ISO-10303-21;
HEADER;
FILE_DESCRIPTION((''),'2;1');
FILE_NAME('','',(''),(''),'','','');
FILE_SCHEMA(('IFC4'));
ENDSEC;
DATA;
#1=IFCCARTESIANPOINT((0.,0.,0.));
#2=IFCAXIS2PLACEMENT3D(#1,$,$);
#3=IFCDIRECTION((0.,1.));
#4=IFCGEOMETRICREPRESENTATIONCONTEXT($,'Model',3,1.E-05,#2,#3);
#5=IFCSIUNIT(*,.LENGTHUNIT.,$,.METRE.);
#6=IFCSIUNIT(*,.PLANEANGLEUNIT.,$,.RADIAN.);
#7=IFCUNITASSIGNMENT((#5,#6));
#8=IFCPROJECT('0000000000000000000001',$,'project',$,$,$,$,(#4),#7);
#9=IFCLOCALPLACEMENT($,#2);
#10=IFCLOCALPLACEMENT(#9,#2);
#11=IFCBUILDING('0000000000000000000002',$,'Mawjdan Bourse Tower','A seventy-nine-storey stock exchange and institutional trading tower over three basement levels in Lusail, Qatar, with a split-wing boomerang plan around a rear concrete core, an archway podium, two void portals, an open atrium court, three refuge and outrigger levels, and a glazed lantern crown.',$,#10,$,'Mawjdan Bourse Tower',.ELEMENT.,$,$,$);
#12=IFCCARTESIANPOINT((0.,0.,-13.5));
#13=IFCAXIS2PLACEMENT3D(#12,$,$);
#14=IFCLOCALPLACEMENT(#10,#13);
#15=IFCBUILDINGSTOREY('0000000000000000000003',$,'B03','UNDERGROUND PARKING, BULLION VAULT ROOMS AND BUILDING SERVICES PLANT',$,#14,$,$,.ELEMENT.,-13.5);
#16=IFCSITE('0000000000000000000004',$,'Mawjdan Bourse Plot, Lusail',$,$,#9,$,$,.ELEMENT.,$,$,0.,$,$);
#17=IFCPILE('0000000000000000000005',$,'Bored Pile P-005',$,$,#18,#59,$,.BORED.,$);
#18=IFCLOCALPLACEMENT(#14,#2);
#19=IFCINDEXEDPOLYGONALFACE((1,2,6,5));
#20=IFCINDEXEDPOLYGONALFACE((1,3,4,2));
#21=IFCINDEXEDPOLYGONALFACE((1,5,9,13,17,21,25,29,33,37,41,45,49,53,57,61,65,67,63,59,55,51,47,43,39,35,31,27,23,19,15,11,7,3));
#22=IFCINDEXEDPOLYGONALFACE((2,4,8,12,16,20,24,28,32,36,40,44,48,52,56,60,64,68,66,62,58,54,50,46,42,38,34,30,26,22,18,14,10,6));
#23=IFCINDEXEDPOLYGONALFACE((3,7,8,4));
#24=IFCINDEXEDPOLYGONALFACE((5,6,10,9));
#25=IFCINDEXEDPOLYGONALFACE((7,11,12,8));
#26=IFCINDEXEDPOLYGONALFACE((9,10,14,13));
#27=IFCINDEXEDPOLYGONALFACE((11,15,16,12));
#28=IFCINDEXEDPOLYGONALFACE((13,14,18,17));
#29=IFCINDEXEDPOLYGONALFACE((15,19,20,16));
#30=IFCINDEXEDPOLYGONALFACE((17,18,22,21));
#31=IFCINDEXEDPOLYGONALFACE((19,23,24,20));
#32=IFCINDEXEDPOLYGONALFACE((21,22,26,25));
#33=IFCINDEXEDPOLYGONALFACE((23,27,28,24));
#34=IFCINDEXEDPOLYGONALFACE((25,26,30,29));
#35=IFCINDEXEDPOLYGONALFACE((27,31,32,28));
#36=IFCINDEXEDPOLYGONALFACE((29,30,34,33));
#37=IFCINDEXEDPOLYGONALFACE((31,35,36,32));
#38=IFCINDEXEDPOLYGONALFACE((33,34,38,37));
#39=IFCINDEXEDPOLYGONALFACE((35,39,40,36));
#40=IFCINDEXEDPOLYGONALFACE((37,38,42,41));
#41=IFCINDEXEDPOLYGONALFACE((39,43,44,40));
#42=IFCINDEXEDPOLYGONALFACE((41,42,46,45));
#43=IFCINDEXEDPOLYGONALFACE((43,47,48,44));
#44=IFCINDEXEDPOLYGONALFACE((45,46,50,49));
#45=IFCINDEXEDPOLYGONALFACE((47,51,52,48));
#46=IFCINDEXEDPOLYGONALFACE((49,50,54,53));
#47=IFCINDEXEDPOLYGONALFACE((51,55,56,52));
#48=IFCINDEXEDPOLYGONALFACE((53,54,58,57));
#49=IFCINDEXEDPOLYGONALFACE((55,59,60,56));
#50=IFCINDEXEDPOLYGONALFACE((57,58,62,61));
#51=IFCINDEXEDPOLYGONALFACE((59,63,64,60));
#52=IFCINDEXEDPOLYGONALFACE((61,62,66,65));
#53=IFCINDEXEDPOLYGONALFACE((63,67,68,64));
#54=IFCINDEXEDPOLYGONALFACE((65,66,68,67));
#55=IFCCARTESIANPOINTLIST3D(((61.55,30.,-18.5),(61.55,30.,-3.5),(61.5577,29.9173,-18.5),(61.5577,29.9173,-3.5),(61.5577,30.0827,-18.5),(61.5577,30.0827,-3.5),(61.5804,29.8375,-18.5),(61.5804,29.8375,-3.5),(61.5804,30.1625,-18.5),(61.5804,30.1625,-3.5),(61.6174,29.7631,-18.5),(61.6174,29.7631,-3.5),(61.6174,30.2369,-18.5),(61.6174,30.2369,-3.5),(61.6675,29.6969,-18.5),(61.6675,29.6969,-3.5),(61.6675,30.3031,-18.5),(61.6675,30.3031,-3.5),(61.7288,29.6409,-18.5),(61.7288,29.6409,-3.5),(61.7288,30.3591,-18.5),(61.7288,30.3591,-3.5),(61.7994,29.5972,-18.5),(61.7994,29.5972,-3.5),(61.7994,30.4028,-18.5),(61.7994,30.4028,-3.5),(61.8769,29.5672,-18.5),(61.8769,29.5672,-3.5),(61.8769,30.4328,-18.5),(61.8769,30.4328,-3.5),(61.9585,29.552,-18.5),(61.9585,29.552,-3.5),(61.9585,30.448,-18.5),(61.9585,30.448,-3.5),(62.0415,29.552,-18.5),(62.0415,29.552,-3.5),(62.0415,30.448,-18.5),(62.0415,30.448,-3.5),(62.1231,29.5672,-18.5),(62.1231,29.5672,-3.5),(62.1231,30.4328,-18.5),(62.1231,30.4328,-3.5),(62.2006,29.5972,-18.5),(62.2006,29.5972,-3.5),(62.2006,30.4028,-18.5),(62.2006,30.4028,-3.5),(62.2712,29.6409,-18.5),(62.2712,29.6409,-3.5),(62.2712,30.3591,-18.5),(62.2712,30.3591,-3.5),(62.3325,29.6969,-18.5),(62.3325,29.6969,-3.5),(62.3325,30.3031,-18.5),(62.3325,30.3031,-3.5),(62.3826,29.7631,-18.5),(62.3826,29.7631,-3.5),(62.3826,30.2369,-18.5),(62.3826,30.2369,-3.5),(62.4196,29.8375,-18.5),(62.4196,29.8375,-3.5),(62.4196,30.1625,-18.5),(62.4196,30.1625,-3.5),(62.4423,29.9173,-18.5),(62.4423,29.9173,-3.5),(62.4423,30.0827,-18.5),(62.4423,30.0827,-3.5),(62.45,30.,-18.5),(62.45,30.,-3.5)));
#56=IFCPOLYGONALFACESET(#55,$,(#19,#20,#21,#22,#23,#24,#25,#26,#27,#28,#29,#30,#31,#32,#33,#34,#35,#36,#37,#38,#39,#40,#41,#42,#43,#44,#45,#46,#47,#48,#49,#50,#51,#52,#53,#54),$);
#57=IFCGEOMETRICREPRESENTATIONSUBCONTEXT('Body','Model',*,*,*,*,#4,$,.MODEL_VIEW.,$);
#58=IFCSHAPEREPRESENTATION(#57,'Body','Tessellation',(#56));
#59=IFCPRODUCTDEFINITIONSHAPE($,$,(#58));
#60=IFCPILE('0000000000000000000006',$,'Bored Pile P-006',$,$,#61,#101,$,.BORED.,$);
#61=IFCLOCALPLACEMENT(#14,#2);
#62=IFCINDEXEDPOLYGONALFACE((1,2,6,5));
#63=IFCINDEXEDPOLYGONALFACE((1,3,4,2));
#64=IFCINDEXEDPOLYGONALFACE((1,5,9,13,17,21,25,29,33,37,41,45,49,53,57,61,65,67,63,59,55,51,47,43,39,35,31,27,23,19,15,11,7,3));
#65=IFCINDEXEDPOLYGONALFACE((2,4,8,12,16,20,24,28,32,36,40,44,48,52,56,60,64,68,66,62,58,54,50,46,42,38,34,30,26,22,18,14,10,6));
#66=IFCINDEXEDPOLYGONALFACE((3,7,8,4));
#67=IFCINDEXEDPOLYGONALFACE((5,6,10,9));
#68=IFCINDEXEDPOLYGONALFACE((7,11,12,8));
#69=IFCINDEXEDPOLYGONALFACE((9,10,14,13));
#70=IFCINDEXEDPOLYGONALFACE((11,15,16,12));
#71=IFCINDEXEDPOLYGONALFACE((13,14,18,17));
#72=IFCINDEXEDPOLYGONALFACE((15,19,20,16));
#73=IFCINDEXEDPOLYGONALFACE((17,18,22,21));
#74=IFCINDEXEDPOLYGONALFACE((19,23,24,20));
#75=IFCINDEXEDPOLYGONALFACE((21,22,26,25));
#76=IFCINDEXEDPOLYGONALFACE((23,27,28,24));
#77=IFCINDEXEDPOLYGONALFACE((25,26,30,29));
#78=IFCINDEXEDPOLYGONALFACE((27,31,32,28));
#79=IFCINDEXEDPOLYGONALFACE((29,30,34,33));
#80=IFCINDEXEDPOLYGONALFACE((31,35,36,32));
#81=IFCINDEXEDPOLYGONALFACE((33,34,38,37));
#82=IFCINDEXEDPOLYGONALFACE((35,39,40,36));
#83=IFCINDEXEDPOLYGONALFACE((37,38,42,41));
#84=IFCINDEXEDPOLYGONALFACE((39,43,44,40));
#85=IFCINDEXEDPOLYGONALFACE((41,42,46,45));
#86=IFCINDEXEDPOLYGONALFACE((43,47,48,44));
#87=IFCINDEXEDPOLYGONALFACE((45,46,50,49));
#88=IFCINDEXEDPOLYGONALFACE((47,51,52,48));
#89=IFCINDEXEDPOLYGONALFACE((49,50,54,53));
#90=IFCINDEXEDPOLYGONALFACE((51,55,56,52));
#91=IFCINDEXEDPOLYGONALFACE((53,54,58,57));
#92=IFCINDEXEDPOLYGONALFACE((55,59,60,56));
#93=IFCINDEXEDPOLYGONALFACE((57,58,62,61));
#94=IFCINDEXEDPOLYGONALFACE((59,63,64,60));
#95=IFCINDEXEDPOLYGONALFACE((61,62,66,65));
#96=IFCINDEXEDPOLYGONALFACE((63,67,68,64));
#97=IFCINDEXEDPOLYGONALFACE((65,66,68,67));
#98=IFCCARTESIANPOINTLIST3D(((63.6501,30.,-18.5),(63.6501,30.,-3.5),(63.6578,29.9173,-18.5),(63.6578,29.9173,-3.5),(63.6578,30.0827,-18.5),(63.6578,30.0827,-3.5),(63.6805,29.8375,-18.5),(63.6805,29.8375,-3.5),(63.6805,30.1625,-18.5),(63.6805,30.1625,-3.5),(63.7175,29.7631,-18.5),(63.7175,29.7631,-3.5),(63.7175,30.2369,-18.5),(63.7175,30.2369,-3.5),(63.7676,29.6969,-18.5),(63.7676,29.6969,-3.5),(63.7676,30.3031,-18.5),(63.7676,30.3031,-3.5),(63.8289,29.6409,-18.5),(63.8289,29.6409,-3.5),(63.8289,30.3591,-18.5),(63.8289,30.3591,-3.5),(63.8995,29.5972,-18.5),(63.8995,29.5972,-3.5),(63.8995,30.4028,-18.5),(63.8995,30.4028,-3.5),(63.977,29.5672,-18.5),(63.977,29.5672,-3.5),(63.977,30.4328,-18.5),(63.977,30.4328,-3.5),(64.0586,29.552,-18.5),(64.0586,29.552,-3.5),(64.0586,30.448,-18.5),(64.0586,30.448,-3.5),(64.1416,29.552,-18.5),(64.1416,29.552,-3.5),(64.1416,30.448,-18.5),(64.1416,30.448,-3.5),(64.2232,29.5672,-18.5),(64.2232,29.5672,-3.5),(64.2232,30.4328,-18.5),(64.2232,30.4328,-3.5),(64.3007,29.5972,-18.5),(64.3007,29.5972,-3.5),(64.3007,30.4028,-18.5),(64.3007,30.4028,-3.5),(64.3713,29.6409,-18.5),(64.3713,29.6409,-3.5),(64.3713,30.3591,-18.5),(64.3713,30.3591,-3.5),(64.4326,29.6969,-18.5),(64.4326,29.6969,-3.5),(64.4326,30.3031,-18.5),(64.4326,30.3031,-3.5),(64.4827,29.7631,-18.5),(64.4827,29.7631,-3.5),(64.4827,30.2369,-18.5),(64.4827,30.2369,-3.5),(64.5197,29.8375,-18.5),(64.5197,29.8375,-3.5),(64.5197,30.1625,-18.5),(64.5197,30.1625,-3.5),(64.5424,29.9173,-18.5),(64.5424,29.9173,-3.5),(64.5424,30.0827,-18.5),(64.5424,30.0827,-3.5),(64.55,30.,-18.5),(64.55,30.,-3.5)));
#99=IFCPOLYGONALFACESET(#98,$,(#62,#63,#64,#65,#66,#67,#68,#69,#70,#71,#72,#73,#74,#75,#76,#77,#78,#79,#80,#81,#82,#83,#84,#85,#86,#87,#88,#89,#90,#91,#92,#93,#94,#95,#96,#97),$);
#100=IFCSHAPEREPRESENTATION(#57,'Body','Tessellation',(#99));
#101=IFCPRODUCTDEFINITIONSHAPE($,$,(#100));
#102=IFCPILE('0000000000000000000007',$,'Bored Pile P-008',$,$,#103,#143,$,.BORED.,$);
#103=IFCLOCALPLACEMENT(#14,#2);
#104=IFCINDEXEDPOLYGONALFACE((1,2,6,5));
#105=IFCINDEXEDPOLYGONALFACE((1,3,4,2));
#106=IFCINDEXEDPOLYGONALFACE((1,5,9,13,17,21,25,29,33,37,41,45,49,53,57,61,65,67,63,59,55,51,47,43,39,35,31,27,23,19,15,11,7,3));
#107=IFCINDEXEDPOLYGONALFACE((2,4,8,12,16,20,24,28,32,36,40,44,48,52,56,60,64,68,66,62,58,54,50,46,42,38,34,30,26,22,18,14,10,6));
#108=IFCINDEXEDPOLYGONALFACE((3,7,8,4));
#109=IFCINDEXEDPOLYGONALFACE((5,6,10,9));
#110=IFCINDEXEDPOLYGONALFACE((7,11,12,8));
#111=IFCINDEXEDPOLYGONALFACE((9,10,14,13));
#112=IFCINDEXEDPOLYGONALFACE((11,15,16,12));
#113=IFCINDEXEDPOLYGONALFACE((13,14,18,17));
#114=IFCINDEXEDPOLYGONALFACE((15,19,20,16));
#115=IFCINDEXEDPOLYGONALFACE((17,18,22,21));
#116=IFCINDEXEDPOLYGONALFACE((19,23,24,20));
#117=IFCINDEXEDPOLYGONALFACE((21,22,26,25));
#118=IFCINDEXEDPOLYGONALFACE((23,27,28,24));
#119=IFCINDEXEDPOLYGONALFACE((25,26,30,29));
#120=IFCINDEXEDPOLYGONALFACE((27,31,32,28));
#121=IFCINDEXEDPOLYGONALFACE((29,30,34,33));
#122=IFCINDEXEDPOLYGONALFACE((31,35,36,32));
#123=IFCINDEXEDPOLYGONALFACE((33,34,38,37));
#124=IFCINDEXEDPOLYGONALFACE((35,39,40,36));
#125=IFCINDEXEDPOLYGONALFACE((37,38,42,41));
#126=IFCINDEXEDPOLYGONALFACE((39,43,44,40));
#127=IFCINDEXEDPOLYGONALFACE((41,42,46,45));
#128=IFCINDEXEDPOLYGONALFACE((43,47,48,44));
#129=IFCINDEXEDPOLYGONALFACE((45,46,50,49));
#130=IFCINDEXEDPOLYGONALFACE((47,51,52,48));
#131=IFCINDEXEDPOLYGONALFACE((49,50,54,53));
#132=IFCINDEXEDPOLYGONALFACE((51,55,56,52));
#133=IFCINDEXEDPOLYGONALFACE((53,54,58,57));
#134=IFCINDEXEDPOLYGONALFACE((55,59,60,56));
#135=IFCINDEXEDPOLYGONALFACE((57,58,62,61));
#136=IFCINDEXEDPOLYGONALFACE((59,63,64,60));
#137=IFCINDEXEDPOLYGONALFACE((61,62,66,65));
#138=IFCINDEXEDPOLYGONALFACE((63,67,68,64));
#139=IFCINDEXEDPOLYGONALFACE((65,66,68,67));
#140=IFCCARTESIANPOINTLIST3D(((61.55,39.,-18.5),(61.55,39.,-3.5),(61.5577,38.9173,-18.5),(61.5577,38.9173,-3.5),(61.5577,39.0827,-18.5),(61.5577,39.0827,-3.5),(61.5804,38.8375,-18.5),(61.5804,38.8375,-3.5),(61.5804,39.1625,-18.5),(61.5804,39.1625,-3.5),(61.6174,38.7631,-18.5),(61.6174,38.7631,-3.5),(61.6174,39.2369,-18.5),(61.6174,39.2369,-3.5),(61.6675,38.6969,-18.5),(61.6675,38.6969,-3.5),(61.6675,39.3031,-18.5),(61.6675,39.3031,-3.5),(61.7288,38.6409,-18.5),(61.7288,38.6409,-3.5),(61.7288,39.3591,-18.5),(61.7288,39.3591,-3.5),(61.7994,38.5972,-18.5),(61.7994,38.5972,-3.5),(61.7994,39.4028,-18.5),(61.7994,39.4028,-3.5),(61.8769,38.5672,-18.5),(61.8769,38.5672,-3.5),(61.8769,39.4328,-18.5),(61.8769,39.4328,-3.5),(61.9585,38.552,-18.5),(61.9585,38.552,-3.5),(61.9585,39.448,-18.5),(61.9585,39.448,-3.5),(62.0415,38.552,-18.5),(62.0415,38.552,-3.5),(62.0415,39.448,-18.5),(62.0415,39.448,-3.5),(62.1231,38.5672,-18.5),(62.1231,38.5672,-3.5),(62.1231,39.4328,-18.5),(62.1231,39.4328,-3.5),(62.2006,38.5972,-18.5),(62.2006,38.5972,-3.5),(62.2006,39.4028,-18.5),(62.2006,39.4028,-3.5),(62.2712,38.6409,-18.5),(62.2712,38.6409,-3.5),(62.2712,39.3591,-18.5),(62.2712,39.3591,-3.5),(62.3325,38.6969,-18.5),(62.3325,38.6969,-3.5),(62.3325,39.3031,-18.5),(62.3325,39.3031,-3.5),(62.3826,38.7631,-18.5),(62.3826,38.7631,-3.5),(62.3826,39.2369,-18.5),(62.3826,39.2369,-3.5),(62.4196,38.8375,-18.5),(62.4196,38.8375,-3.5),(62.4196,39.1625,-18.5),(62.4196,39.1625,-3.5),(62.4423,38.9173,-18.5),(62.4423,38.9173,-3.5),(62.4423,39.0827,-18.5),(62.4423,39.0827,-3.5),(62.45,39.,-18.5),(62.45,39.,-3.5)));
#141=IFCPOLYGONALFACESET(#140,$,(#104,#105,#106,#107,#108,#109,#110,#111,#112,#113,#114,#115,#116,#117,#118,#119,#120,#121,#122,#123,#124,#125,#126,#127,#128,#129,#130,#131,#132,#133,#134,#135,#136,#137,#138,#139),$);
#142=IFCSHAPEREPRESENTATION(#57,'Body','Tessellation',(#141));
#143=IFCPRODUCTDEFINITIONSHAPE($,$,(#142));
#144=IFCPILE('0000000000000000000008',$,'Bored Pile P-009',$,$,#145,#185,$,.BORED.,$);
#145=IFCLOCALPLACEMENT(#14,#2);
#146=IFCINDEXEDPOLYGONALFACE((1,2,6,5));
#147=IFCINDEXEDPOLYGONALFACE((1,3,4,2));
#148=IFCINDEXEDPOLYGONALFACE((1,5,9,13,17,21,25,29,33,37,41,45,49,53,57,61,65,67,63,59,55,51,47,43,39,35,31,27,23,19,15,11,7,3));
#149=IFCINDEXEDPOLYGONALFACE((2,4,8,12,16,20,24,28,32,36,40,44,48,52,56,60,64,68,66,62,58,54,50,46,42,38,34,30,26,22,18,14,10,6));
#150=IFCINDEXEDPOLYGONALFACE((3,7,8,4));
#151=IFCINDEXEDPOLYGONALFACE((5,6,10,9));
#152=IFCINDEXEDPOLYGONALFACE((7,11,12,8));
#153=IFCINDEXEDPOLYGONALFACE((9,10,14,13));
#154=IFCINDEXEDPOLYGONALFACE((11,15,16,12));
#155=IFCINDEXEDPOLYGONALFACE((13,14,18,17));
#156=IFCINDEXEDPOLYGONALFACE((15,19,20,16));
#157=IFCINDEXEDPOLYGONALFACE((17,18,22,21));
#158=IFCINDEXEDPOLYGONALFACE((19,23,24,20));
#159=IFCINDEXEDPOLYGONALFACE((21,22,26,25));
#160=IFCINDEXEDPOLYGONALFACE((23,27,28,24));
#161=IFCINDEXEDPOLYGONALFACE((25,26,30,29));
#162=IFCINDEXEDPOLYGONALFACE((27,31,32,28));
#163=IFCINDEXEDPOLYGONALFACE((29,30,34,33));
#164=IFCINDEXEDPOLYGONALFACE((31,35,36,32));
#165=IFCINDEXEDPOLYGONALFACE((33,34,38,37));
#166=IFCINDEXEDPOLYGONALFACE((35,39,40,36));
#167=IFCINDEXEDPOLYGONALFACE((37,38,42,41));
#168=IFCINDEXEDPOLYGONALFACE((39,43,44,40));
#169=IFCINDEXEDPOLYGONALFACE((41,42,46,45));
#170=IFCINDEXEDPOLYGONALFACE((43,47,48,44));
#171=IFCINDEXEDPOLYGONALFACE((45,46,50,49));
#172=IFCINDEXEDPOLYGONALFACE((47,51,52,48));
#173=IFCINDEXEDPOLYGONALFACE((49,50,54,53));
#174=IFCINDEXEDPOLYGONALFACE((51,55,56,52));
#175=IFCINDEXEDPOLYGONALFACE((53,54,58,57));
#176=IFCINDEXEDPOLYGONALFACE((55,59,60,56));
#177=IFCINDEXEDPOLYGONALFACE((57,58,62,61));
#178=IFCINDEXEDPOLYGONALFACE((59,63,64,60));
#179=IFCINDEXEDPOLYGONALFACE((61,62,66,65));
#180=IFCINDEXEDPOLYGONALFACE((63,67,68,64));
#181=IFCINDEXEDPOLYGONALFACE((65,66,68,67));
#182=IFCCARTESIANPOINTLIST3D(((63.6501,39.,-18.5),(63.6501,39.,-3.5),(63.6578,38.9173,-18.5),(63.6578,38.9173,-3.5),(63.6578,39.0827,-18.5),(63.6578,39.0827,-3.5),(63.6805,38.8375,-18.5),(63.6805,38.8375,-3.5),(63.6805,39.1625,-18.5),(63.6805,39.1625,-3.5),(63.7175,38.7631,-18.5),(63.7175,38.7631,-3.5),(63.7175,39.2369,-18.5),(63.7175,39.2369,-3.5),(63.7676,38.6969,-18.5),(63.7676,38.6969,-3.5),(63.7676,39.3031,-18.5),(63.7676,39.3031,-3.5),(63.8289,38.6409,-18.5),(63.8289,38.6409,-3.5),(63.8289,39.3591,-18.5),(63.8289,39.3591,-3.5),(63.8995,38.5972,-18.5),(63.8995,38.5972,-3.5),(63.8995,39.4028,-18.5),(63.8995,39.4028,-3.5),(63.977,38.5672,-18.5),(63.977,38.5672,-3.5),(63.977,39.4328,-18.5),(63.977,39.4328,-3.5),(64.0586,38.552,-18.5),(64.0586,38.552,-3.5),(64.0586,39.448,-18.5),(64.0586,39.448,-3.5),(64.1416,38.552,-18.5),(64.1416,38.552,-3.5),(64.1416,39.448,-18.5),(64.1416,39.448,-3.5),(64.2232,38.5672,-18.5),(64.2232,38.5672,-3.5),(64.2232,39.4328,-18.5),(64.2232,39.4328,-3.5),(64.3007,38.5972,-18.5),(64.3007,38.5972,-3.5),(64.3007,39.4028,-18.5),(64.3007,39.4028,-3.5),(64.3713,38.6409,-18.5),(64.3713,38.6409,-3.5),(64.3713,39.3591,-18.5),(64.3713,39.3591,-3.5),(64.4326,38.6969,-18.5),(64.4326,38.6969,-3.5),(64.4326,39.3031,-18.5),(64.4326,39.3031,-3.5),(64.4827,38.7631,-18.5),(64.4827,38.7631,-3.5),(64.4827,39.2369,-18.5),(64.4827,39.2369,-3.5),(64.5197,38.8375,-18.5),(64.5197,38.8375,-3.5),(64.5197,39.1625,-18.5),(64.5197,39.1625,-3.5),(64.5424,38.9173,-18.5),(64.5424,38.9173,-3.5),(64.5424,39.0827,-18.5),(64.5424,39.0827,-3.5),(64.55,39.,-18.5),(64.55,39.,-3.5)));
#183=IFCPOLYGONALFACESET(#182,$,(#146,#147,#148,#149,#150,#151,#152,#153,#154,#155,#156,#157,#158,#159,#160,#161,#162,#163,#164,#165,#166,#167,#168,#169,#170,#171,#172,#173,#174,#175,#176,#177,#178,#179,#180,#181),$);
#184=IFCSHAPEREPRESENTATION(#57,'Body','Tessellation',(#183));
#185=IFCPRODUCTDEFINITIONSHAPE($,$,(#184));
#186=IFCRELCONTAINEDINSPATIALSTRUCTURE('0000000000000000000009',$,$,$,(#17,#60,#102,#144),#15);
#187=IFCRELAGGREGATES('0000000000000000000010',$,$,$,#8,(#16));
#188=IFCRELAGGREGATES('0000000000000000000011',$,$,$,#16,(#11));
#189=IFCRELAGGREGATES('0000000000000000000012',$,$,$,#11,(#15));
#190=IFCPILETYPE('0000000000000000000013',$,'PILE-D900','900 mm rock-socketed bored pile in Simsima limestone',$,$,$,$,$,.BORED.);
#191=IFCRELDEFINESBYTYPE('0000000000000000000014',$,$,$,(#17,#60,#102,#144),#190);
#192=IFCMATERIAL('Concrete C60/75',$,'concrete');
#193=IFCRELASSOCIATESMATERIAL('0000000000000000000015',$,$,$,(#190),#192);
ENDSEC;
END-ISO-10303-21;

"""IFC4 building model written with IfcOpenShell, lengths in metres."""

from ifc_helpers import new_model, si_unit, direction, frame, origin, origin_2d, place, context, subcontext, project, spatial, circle, extrude, material, material_profile, profile_set, type_object, element, save


model = new_model("IFC4")

# Units and contexts
model_context = context("Model", 3, precision=1e-05, world=origin(), true_north=direction((0.0, 1.0)))
body_context = subcontext(model_context, "Body", "Model", "MODEL_VIEW")
ifc_project = project(units=[si_unit("LENGTHUNIT", "METRE"), si_unit("PLANEANGLEUNIT", "RADIAN")], contexts=[model_context])

# Site, building, storey
site_placement = place(None, origin())
site = spatial("IfcSite", under=ifc_project, at=site_placement, Name="Mawjdan Bourse Plot, Lusail", CompositionType="ELEMENT", RefElevation=0.0)
building_placement = place(site_placement, origin())
building = spatial("IfcBuilding", under=site, at=building_placement, Name="Mawjdan Bourse Tower", Description="A seventy-nine-storey stock exchange and institutional trading tower over three basement levels in Lusail, Qatar, with a split-wing boomerang plan around a rear concrete core, an archway podium, two void portals, an open atrium court, three refuge and outrigger levels, and a glazed lantern crown.", LongName="Mawjdan Bourse Tower", CompositionType="ELEMENT")
storey_placement = place(building_placement, frame((0.0, 0.0, -13.5)))
storey = spatial("IfcBuildingStorey", under=building, at=storey_placement, Name="B03", Description="UNDERGROUND PARKING, BULLION VAULT ROOMS AND BUILDING SERVICES PLANT", CompositionType="ELEMENT", Elevation=-13.5)

# Shared definitions
ifc_material_1 = material(Name="Concrete C60/75", Category="concrete")

# Piles
ifc_material_profile_1 = material_profile(ifc_material_1, circle(Radius=0.45, at=origin_2d()), Name="PILE-D900")
ifc_profile_set_1 = profile_set([ifc_material_profile_1], Name="Concrete C60/75")
pile_type = type_object("IfcPileType", Name="PILE-D900", Description="900 mm rock-socketed bored pile in Simsima limestone", PredefinedType="BORED", material=ifc_profile_set_1)
for number, where, z_axis, x_axis, name in (
    (1, (62.0, 30.0, -3.5), (0.0, 0.0, -1.0), (1.0, 0.0, 0.0), "Bored Pile P-005"),
    (2, (64.1001, 30.0, -3.5), (0.0, 0.0, -1.0), (1.0, 0.0, 0.0), "Bored Pile P-006"),
    (3, (62.0, 39.0, -3.5), (0.0, 0.0, -1.0), (1.0, 0.0, 0.0), "Bored Pile P-008"),
    (4, (64.1001, 39.0, -3.5), (0.0, 0.0, -1.0), (1.0, 0.0, 0.0), "Bored Pile P-009"),
):
    element("IfcPile", number, at=place(storey_placement, frame(where, z_axis=z_axis, x_axis=x_axis)), inside=storey, type_object=pile_type, Name=name, PredefinedType="BORED", context=body_context, shape_type="SweptSolid", body=[
        extrude(circle(Radius=0.45, at=origin_2d()), origin(), (0.0, 0.0, 1.0), 15.0),
    ])

save(model, "model.ifc")
